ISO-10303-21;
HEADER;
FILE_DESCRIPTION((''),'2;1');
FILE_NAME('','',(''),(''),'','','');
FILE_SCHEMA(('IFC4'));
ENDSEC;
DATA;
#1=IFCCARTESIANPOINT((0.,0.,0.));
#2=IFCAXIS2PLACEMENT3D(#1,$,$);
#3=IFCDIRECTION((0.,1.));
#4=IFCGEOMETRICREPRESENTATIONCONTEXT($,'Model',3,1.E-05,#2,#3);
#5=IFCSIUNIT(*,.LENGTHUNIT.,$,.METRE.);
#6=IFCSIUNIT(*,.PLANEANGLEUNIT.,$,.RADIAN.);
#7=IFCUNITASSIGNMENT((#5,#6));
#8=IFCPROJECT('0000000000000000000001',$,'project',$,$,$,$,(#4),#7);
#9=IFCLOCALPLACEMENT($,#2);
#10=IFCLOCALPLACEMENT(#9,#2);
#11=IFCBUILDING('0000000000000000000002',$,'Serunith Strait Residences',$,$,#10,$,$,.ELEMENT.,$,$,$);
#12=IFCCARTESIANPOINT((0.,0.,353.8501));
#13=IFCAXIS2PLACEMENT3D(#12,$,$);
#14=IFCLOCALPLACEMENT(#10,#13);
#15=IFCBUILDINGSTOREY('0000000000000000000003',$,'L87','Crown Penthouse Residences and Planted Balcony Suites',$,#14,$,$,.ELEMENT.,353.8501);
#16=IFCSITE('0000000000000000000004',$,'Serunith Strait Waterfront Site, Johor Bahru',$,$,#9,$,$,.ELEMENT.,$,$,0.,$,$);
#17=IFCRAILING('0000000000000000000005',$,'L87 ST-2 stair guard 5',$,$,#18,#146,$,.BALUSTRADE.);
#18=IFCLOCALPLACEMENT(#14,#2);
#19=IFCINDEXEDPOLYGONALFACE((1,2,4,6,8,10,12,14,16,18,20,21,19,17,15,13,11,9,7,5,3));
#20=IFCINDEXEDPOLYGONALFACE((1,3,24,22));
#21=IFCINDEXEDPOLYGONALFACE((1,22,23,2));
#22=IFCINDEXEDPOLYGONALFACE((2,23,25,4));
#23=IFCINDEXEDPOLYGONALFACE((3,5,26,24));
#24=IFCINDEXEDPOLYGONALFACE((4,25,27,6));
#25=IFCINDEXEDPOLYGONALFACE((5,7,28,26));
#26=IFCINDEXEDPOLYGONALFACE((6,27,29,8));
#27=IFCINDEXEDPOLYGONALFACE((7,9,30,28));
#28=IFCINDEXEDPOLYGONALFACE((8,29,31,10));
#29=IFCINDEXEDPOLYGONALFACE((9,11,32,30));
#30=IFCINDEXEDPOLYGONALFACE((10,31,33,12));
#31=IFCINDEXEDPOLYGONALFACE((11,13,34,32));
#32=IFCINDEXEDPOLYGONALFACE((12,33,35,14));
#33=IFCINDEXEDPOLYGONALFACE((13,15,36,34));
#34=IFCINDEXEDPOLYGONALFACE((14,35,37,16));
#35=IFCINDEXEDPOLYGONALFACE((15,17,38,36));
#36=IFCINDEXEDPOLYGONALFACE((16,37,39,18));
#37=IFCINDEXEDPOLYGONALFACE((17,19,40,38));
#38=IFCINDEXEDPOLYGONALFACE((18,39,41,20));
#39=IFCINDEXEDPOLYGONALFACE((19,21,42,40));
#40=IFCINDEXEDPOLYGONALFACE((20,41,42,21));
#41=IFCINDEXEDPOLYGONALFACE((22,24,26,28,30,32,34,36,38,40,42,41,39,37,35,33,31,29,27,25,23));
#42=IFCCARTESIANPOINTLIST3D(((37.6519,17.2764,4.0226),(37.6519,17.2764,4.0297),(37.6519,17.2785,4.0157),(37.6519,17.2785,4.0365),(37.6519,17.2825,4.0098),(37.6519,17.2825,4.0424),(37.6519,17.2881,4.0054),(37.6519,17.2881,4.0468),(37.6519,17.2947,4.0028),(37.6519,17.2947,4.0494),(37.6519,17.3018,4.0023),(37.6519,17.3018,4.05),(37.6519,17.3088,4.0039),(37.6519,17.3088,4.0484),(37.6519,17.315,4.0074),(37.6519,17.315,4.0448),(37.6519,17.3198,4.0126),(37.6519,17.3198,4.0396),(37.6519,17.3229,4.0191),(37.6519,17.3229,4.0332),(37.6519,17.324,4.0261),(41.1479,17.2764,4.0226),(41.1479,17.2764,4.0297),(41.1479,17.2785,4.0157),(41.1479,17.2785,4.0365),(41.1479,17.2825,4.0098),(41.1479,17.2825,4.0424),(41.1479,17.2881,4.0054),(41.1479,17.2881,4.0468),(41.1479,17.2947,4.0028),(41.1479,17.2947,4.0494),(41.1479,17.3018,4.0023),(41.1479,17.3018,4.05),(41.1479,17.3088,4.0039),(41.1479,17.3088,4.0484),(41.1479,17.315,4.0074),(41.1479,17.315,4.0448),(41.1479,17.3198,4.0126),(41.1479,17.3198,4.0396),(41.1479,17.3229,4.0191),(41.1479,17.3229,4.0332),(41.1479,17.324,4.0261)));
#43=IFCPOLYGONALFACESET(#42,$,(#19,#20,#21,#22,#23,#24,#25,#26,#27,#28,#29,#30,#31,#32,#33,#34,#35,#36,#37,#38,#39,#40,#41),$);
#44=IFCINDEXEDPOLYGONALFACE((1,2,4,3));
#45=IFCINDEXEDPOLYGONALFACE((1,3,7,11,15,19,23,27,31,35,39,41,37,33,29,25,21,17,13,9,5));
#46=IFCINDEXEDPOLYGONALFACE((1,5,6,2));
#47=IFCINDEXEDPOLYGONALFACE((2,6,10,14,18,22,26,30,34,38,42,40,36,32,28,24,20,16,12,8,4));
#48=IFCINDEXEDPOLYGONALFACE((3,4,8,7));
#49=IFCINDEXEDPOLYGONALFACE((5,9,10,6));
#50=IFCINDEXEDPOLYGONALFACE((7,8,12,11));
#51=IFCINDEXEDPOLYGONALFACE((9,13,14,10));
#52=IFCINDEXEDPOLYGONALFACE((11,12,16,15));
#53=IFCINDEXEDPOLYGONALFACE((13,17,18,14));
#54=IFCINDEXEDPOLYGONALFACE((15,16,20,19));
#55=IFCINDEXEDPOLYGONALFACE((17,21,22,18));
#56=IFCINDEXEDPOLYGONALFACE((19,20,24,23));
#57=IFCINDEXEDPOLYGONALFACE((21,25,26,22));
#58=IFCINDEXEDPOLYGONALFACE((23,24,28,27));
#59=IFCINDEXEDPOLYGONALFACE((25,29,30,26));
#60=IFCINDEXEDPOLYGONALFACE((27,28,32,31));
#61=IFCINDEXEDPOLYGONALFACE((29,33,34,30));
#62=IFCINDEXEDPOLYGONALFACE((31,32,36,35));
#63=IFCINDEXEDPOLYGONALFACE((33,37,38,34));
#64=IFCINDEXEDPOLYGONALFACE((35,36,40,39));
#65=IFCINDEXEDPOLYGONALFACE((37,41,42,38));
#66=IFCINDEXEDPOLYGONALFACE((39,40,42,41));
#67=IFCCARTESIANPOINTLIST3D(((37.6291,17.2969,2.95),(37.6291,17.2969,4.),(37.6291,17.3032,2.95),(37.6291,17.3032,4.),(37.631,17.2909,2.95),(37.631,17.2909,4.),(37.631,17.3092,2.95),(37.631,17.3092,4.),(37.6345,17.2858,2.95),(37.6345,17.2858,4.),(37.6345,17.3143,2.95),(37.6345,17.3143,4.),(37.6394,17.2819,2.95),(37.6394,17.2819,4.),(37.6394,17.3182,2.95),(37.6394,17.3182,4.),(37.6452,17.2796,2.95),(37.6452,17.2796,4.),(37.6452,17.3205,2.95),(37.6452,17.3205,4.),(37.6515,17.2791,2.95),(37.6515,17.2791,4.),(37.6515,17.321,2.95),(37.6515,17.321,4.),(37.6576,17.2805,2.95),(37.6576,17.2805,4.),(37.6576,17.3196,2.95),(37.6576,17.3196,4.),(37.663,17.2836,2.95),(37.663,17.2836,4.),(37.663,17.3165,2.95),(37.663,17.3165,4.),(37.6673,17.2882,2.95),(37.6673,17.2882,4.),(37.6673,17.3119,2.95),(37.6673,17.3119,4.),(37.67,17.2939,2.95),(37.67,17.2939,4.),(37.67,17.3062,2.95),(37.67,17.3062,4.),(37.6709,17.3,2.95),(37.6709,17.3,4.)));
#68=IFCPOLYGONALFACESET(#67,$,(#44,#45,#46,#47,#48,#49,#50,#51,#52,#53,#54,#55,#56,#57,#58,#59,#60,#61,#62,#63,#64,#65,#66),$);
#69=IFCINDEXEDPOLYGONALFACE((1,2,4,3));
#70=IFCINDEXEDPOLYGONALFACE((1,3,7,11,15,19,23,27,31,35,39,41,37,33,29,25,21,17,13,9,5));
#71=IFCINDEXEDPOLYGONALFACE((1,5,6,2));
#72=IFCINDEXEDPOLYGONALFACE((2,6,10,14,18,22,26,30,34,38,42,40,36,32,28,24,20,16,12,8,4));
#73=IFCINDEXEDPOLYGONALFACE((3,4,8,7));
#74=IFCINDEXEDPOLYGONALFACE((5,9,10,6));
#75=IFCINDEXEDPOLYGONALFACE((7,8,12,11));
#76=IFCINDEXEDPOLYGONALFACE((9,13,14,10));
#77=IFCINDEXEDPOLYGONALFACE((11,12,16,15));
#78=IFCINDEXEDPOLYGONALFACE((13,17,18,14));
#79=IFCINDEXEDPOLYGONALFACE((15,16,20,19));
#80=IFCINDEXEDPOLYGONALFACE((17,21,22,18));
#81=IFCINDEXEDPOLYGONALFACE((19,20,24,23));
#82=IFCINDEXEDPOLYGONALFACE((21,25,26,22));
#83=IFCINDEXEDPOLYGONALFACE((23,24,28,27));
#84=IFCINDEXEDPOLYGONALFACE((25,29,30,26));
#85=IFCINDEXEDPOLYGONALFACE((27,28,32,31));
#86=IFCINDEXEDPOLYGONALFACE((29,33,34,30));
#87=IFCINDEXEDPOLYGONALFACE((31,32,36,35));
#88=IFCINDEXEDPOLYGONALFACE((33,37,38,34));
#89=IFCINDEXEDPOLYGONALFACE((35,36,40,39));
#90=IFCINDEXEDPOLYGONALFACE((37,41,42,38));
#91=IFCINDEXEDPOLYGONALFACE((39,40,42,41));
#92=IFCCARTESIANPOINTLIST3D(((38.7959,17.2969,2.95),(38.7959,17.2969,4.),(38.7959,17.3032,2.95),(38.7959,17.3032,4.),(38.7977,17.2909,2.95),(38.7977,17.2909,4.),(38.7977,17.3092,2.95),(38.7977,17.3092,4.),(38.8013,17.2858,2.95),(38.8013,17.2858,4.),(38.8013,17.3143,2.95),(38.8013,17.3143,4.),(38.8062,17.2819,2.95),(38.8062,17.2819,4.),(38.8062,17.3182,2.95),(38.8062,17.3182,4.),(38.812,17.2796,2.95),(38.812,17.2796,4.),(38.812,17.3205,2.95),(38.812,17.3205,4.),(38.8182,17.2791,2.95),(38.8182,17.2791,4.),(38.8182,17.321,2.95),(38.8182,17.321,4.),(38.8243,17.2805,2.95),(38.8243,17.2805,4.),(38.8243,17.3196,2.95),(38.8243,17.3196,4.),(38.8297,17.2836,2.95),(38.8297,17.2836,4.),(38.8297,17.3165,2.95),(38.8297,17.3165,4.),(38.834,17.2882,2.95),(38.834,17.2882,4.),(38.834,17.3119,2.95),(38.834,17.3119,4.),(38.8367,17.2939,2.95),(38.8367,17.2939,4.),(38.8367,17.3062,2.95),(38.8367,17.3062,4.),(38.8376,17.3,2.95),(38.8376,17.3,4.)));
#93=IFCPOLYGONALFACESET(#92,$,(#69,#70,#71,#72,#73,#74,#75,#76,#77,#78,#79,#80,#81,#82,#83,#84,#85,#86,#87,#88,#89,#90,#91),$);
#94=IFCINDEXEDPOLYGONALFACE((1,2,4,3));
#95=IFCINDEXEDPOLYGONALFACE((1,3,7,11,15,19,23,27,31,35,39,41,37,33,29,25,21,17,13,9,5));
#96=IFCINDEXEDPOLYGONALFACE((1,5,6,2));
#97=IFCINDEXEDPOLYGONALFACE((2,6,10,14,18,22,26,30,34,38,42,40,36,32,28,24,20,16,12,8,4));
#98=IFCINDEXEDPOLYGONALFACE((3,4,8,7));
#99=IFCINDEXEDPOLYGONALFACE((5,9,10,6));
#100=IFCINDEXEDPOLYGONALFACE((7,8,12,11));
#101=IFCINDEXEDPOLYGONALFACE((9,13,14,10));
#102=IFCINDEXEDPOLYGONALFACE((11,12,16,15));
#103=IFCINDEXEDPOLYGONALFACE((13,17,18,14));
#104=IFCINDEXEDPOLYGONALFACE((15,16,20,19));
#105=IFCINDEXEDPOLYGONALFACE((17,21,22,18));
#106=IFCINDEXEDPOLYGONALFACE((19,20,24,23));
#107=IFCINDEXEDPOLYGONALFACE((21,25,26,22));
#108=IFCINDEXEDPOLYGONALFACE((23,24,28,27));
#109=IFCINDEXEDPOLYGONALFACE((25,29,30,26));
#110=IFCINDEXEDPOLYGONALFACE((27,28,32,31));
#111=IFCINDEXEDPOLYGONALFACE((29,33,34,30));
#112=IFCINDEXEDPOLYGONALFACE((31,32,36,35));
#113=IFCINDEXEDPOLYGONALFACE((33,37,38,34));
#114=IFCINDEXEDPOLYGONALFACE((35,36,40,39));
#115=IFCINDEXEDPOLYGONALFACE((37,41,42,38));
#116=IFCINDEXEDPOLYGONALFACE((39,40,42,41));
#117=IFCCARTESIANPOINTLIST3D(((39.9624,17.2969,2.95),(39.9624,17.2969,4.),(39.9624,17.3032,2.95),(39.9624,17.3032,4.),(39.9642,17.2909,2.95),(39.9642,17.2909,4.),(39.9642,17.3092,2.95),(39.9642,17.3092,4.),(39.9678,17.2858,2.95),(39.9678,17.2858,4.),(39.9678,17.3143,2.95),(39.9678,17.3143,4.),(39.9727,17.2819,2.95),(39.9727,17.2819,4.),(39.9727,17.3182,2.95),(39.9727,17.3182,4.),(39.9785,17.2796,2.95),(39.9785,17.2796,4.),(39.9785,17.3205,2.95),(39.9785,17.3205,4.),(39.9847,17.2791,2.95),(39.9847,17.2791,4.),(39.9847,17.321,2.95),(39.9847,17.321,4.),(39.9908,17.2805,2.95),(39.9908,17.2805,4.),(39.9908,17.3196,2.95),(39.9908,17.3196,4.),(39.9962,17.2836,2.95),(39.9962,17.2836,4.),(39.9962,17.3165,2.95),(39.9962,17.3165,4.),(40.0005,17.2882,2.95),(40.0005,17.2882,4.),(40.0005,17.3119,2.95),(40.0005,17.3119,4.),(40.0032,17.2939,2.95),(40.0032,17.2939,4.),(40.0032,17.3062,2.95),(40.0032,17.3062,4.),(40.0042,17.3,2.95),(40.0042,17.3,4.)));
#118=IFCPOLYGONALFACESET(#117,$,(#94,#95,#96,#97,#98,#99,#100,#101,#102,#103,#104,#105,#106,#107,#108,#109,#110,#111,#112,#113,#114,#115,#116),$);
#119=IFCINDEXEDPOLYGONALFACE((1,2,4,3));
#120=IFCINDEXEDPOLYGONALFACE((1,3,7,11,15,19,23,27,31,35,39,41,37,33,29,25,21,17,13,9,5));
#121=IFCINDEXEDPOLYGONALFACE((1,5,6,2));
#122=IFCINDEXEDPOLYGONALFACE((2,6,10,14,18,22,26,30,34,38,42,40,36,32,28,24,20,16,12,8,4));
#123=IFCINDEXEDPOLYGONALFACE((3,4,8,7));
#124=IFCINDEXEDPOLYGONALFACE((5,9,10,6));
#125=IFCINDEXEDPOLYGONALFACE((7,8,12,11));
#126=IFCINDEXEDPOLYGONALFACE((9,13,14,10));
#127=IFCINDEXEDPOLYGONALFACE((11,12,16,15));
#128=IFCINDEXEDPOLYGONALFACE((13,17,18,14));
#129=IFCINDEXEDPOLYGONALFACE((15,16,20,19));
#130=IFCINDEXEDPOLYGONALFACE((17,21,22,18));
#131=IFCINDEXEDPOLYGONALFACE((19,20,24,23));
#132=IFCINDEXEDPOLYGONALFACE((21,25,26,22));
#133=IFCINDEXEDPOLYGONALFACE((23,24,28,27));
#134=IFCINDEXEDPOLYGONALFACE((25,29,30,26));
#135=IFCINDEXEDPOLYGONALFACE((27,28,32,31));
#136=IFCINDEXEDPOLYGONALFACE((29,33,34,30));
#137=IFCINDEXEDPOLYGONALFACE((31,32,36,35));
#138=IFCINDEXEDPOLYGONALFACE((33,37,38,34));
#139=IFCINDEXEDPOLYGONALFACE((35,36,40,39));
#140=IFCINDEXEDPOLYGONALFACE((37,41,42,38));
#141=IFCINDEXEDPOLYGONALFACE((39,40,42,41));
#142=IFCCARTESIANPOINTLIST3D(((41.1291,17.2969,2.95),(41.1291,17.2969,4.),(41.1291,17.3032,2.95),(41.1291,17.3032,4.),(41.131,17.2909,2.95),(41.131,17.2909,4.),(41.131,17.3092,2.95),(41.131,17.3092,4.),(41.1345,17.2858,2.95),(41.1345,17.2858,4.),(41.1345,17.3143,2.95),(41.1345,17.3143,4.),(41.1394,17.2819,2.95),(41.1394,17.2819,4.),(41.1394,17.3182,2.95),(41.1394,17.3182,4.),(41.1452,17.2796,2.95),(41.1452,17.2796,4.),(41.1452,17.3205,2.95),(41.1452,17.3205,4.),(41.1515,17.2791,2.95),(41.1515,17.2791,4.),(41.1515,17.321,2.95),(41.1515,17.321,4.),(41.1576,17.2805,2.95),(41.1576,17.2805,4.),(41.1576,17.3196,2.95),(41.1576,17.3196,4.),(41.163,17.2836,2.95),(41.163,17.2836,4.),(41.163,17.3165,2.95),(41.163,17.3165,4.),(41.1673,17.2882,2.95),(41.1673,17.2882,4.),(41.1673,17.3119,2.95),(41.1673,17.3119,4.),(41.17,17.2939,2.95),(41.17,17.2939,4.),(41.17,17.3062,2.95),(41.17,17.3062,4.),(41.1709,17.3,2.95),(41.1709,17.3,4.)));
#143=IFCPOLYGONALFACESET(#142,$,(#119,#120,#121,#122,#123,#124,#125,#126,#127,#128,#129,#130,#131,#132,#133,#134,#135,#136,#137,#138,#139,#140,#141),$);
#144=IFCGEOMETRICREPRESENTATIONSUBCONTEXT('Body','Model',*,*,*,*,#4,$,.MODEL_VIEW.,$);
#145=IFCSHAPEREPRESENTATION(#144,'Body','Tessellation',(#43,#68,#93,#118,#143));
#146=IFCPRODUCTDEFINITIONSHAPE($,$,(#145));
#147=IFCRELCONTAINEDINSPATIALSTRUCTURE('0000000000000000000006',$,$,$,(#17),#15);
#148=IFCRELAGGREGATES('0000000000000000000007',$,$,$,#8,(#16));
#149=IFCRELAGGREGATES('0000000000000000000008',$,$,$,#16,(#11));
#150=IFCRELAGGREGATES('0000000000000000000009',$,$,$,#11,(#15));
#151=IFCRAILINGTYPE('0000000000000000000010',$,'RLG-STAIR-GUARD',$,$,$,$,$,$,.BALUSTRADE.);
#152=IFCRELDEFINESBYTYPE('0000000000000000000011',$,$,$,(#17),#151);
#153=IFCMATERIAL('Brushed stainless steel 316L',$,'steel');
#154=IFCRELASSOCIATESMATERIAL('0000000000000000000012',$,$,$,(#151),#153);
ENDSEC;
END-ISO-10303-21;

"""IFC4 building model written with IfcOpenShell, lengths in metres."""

from ifc_helpers import new_model, si_unit, direction, frame, origin, origin_2d, place, context, subcontext, project, spatial, circle, extrude, material, type_object, element, save


model = new_model("IFC4")

# Units and contexts
model_context = context("Model", 3, precision=1e-05, world=origin(), true_north=direction((0.0, 1.0)))
body_context = subcontext(model_context, "Body", "Model", "MODEL_VIEW")
ifc_project = project(units=[si_unit("LENGTHUNIT", "METRE"), si_unit("PLANEANGLEUNIT", "RADIAN")], contexts=[model_context])

# Site, building, storey
site_placement = place(None, origin())
site = spatial("IfcSite", under=ifc_project, at=site_placement, Name="Serunith Strait Waterfront Site, Johor Bahru", CompositionType="ELEMENT", RefElevation=0.0)
building_placement = place(site_placement, origin())
building = spatial("IfcBuilding", under=site, at=building_placement, Name="Serunith Strait Residences", CompositionType="ELEMENT")
storey_placement = place(building_placement, frame((0.0, 0.0, 353.8501)))
storey = spatial("IfcBuildingStorey", under=building, at=storey_placement, Name="L87", Description="Crown Penthouse Residences and Planted Balcony Suites", CompositionType="ELEMENT", Elevation=353.8501)

# Railing
ifc_material_1 = material(Name="Brushed stainless steel 316L", Category="steel")
railing_type_1 = type_object("IfcRailingType", Name="RLG-STAIR-GUARD", PredefinedType="BALUSTRADE", material=ifc_material_1)
railing_1_placement = place(storey_placement, frame((37.6499, 17.3, 2.95)))
element("IfcRailing", 1, at=railing_1_placement, inside=storey, type_object=railing_type_1, Name="L87 ST-2 stair guard 5", PredefinedType="BALUSTRADE", context=body_context, shape_type="SweptSolid", body=[
    extrude(circle(Radius=0.0239, at=origin_2d()), frame((0.002, 0.0, 1.0762), z_axis=(1.0, 0.0, 0.0), x_axis=(0.0, 1.0, 0.0)), (0.0, 0.0, 1.0), 3.4961),
    extrude(circle(Radius=0.021, at=origin_2d()), origin(), (0.0, 0.0, 1.0), 1.05),
    extrude(circle(Radius=0.021, at=origin_2d()), frame((1.1667, 0.0, 0.0)), (0.0, 0.0, 1.0), 1.05),
    extrude(circle(Radius=0.021, at=origin_2d()), frame((2.3333, 0.0, 0.0)), (0.0, 0.0, 1.0), 1.05),
    extrude(circle(Radius=0.021, at=origin_2d()), frame((3.5, 0.0, 0.0)), (0.0, 0.0, 1.0), 1.05),
])

save(model, "model.ifc")
